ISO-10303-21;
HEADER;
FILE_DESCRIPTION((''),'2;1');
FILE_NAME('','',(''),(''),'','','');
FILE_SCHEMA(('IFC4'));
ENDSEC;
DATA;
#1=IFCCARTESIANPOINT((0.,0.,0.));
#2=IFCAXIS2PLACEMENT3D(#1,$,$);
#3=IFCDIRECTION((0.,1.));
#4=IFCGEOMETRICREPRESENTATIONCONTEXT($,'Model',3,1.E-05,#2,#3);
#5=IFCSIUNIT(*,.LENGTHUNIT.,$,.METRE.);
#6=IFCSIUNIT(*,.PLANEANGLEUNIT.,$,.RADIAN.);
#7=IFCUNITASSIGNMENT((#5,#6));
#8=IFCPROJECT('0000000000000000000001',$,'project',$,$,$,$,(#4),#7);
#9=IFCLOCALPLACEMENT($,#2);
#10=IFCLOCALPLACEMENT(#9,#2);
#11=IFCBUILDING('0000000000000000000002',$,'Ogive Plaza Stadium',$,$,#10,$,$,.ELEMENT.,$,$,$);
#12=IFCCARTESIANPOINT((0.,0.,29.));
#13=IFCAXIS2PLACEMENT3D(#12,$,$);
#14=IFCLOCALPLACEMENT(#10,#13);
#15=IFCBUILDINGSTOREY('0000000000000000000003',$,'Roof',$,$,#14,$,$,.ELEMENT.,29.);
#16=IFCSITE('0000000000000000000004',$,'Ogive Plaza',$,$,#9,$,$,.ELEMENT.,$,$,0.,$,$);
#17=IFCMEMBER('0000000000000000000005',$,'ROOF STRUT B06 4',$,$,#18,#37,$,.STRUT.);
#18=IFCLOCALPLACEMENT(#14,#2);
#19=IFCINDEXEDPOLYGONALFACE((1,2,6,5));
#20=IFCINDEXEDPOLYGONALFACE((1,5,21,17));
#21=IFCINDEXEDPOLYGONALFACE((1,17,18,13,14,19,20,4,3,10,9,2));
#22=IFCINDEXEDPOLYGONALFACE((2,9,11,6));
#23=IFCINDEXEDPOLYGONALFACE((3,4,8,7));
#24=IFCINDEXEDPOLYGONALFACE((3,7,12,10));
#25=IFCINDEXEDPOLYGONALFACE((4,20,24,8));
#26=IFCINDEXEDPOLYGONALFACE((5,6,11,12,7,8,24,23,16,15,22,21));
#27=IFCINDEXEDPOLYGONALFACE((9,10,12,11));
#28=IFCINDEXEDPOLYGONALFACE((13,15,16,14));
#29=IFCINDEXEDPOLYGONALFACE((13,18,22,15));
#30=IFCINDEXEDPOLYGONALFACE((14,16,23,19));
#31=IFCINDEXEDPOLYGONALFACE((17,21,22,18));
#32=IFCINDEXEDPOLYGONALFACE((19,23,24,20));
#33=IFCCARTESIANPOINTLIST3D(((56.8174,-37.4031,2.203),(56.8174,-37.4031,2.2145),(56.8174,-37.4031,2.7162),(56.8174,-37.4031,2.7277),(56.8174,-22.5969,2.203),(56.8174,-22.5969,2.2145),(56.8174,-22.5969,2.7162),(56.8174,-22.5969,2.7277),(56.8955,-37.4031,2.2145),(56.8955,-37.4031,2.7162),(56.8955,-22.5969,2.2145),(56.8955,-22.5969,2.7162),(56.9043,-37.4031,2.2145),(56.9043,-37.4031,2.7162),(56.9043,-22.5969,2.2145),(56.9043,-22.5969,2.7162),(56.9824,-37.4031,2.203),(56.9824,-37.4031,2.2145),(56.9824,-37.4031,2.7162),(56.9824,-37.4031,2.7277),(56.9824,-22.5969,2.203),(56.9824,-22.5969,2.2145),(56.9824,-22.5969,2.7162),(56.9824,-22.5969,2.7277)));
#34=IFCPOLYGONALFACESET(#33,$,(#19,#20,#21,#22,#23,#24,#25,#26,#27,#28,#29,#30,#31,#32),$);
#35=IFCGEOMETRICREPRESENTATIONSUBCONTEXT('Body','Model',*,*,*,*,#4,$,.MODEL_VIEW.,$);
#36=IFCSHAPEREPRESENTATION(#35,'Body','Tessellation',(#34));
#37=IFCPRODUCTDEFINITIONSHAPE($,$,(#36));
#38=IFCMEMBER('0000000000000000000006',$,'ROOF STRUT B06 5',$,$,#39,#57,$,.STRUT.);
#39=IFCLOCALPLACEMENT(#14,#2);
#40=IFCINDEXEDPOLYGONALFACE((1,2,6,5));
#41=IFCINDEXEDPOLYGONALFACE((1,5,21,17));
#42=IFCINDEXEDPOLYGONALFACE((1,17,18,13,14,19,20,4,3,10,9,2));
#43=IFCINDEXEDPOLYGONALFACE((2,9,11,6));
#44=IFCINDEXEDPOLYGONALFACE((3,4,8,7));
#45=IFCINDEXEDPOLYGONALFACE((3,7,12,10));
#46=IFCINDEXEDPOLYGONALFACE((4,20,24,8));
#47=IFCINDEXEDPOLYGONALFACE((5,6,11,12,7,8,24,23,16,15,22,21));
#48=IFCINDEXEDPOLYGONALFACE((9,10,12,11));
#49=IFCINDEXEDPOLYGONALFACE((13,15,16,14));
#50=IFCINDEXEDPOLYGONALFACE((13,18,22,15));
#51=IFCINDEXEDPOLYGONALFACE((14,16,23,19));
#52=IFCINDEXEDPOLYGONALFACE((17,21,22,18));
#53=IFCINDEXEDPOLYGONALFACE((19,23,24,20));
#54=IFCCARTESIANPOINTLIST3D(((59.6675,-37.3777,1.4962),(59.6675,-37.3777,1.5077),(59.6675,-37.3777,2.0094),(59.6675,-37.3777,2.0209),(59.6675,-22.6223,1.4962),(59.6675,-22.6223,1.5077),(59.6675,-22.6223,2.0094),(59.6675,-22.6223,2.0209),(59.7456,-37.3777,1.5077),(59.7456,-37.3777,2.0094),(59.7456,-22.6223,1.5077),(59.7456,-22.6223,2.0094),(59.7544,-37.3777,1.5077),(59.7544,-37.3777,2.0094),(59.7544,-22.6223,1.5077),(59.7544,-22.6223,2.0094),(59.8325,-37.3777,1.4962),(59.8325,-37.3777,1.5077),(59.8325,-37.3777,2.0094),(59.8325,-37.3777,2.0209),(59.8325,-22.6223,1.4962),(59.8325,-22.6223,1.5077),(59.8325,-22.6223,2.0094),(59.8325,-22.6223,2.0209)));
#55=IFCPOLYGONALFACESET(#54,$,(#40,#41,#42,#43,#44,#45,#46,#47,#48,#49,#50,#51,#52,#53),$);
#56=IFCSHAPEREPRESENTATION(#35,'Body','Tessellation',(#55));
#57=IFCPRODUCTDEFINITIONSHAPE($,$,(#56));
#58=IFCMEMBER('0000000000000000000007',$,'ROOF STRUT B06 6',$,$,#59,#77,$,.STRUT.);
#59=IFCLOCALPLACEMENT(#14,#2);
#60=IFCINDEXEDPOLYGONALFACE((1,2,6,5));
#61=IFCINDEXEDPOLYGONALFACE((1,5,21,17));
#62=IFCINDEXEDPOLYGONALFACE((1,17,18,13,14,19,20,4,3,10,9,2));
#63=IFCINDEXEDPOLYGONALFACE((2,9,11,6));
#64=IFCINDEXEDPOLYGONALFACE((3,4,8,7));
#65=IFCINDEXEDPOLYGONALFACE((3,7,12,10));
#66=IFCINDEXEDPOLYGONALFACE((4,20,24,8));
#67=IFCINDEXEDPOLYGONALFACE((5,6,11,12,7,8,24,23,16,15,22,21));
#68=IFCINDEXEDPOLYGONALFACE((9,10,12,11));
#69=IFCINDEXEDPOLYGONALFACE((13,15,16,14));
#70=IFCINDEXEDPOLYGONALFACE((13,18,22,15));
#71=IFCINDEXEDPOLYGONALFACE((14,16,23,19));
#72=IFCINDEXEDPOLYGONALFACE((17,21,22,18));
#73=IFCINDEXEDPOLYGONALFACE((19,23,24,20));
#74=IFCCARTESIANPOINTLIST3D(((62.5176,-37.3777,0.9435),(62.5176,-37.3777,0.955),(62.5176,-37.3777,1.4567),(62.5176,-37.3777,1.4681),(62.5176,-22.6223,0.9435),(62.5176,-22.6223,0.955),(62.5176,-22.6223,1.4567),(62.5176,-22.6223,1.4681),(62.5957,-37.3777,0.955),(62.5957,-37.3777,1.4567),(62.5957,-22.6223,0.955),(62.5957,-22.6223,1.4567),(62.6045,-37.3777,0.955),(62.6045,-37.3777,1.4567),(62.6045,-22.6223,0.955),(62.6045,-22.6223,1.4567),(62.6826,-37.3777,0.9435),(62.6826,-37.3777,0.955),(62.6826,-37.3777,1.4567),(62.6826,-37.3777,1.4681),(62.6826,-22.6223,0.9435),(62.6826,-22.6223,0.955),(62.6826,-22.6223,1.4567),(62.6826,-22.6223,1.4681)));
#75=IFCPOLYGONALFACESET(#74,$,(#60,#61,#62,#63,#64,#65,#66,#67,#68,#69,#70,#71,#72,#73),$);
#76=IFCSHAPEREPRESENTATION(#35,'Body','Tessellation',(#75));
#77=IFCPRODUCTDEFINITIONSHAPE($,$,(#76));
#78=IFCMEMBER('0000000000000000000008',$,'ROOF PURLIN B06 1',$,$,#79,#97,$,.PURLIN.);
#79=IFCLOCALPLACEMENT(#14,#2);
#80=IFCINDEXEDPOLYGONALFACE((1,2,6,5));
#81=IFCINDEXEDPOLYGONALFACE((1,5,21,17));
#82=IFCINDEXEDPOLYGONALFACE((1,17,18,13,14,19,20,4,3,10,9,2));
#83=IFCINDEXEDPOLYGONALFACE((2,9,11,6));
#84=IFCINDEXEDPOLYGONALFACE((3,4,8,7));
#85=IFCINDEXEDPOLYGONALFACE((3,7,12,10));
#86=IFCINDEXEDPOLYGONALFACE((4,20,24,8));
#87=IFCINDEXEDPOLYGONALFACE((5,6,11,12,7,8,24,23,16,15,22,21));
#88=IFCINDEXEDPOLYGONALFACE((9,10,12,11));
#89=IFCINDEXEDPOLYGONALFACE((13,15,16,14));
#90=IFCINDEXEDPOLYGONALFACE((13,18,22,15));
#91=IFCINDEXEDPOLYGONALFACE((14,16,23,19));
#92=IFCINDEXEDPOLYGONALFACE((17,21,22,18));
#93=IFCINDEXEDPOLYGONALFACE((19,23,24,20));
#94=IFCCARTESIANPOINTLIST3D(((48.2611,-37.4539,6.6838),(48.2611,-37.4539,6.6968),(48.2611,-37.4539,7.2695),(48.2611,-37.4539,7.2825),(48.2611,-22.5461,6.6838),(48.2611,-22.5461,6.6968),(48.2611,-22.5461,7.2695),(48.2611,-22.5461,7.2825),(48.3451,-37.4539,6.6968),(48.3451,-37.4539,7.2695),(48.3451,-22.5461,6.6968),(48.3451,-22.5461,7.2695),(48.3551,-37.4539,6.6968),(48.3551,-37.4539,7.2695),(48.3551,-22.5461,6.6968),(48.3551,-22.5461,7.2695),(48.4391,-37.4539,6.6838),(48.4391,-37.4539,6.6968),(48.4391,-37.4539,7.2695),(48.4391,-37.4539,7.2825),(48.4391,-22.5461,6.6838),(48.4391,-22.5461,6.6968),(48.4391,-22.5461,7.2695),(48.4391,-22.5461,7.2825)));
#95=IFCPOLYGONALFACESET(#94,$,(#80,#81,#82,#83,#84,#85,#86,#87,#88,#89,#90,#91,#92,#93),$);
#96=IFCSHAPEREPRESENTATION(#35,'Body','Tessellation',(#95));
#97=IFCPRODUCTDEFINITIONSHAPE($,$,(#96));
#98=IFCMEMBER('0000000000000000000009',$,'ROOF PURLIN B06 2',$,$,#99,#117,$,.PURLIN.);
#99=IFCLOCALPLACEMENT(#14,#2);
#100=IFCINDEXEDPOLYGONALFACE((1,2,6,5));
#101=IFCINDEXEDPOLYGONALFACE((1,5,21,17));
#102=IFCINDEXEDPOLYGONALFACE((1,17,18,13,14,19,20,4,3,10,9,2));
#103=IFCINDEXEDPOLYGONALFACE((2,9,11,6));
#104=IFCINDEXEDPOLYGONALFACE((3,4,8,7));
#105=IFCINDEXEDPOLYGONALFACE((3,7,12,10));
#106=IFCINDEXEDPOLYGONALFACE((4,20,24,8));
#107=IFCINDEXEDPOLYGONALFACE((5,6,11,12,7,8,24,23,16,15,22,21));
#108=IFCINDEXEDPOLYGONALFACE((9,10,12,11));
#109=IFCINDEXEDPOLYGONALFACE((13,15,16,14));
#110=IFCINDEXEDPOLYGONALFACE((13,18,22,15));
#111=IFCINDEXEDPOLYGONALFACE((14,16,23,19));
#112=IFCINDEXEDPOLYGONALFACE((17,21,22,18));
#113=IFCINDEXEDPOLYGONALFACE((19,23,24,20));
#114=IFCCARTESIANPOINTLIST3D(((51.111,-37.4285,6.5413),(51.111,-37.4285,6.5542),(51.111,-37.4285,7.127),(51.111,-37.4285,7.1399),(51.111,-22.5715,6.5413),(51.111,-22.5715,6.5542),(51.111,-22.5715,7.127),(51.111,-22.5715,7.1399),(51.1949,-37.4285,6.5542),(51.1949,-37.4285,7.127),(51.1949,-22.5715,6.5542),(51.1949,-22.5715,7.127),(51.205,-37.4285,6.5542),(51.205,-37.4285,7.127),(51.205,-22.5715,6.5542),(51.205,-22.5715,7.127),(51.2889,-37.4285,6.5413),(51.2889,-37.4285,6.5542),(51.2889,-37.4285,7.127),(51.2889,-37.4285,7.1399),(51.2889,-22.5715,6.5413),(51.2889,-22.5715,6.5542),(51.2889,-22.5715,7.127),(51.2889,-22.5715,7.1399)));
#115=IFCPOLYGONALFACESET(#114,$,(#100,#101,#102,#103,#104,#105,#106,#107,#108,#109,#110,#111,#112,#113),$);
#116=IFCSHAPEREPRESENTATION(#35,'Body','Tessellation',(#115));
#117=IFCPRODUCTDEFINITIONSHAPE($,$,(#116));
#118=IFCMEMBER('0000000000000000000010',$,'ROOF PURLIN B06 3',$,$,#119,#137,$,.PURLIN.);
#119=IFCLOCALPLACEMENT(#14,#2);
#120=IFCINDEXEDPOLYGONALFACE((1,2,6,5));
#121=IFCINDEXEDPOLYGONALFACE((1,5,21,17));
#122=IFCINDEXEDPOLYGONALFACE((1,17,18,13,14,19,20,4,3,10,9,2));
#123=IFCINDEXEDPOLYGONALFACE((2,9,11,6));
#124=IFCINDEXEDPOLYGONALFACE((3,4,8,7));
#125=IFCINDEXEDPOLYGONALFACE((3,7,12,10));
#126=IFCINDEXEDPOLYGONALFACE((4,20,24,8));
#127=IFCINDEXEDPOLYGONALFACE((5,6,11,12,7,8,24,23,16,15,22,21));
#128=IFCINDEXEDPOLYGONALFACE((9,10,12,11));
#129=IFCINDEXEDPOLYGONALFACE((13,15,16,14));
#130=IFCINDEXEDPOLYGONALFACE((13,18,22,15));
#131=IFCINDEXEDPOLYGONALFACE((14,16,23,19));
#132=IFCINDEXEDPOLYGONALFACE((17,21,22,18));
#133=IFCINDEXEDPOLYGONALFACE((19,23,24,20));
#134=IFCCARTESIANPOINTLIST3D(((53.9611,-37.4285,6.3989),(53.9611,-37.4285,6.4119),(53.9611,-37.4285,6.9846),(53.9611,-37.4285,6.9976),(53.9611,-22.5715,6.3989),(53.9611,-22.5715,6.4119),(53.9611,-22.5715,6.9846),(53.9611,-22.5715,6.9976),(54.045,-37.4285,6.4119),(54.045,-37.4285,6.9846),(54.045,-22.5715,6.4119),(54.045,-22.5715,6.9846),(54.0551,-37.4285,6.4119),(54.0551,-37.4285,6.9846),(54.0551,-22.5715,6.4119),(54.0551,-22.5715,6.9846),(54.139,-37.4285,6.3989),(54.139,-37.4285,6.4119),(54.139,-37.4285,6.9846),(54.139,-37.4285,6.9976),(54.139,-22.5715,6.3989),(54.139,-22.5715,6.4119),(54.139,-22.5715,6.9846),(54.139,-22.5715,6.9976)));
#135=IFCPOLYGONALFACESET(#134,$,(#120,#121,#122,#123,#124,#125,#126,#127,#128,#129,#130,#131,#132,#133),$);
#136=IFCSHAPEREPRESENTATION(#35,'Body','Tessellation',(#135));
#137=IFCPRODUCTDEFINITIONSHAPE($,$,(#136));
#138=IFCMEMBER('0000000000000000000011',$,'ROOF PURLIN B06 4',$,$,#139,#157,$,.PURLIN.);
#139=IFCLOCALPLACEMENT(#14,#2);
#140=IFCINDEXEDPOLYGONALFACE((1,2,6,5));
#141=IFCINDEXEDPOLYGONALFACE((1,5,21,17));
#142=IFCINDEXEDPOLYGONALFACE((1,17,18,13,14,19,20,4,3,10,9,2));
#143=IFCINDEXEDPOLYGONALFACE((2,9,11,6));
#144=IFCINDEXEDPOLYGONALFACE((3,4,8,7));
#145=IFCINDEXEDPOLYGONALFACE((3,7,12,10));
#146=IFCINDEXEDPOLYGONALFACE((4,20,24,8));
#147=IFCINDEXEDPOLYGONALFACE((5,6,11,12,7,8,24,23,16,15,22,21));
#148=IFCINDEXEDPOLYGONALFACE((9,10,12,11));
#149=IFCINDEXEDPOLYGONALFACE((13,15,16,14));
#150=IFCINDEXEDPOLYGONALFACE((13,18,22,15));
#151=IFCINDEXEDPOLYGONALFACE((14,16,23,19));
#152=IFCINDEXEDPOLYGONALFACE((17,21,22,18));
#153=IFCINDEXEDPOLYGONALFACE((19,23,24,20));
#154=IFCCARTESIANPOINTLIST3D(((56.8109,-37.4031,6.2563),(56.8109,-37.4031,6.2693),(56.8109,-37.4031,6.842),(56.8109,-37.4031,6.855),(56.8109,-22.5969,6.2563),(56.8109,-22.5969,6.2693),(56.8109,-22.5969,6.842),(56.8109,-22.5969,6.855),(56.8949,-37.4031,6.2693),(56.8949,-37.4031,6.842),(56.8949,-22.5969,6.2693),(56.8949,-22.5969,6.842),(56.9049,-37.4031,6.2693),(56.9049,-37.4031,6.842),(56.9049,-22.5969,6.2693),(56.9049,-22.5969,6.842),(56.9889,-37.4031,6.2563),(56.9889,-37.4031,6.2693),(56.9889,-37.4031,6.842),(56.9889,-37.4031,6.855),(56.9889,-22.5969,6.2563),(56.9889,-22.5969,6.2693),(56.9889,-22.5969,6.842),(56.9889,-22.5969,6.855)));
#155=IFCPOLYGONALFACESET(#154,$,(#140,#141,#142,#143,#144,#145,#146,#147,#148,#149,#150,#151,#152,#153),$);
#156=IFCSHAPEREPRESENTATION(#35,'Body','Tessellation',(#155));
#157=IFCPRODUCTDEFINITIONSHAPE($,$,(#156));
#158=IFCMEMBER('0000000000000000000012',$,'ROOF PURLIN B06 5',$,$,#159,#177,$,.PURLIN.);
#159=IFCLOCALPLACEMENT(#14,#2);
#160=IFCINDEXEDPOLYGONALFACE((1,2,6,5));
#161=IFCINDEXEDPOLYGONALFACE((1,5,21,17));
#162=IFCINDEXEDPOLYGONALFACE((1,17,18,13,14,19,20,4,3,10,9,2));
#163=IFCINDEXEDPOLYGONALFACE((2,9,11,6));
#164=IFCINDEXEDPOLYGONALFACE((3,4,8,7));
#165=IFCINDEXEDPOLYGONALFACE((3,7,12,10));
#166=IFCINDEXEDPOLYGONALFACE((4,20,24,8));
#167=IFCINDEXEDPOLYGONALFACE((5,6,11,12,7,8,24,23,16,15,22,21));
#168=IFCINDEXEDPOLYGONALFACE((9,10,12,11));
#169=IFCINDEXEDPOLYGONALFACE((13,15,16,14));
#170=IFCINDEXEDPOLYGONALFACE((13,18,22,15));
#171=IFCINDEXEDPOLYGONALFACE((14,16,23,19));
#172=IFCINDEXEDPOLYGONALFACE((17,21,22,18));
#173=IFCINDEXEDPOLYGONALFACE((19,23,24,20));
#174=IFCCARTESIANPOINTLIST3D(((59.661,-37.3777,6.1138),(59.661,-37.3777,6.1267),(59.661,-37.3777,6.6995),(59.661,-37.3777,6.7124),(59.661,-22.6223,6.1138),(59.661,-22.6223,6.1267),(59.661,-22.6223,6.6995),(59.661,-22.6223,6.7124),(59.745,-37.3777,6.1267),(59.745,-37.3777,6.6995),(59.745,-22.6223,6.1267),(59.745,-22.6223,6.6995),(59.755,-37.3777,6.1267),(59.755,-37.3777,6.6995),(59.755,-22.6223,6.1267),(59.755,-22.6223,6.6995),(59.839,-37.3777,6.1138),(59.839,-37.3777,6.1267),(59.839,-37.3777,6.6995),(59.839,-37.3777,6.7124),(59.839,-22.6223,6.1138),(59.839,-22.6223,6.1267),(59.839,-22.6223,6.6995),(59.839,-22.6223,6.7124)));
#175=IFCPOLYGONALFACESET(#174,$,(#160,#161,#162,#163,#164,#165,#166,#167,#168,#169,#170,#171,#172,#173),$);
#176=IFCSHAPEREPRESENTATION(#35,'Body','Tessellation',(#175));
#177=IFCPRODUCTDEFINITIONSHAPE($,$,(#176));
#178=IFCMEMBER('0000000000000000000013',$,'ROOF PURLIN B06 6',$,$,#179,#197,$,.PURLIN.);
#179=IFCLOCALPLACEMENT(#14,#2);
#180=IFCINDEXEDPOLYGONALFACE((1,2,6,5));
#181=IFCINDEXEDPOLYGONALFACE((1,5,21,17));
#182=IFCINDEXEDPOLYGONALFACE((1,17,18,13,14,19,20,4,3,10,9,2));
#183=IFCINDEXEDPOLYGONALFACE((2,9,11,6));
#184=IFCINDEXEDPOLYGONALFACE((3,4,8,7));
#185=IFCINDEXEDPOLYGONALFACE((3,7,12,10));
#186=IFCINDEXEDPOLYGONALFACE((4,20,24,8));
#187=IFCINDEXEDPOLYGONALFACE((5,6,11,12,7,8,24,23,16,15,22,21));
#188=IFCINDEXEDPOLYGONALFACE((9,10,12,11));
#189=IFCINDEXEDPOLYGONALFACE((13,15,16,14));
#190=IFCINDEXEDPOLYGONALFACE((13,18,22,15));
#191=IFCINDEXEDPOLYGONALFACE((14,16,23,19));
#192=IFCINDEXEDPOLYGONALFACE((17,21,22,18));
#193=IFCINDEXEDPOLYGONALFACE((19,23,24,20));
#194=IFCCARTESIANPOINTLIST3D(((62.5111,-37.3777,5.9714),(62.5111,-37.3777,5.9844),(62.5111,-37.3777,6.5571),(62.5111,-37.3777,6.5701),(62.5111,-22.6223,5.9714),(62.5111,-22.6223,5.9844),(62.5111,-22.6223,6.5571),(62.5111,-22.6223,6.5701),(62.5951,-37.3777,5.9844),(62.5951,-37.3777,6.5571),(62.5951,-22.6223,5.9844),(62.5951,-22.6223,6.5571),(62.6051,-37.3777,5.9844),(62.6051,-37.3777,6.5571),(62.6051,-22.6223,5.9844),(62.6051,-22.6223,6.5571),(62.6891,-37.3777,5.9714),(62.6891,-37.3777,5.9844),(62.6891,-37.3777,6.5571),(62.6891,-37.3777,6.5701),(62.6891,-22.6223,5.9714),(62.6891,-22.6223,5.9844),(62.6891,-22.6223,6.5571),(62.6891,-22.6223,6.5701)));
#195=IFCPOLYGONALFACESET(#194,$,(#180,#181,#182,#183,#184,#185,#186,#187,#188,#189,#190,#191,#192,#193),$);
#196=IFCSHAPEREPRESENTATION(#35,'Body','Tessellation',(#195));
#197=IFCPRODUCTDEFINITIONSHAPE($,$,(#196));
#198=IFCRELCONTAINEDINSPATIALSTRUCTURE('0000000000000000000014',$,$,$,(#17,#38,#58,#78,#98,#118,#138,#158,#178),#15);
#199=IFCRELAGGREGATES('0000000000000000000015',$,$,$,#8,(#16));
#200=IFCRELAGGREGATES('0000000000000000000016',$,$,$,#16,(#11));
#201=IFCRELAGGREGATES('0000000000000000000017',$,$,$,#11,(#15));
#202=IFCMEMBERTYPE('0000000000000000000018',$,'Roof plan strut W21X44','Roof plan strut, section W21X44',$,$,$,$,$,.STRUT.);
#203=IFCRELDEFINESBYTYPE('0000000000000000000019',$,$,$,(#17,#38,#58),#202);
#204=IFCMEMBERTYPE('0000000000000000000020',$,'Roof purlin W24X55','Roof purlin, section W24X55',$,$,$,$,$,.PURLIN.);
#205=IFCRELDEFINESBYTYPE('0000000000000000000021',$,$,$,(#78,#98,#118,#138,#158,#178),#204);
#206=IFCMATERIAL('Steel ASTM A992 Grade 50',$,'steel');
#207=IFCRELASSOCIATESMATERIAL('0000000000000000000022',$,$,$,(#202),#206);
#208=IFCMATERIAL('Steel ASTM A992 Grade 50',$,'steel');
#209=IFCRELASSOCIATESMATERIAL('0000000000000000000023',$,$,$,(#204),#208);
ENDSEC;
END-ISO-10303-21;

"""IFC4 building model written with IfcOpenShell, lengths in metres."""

from ifc_helpers import new_model, si_unit, direction, frame, origin, origin_2d, place, context, subcontext, project, spatial, i_section, extrude, material, material_profile, profile_set, type_object, element, save


model = new_model("IFC4")

# Units and contexts
model_context = context("Model", 3, precision=1e-05, world=origin(), true_north=direction((0.0, 1.0)))
body_context = subcontext(model_context, "Body", "Model", "MODEL_VIEW")
ifc_project = project(units=[si_unit("LENGTHUNIT", "METRE"), si_unit("PLANEANGLEUNIT", "RADIAN")], contexts=[model_context])

# Site, building, storey
site_placement = place(None, origin())
site = spatial("IfcSite", under=ifc_project, at=site_placement, Name="Ogive Plaza", CompositionType="ELEMENT", RefElevation=0.0)
building_placement = place(site_placement, origin())
building = spatial("IfcBuilding", under=site, at=building_placement, Name="Ogive Plaza Stadium", CompositionType="ELEMENT")
storey_placement = place(building_placement, frame((0.0, 0.0, 29.0)))
storey = spatial("IfcBuildingStorey", under=building, at=storey_placement, Name="Roof", CompositionType="ELEMENT", Elevation=29.0)

# Members
ifc_material_1 = material(Name="Steel ASTM A992 Grade 50", Category="steel")
ifc_material_profile_1 = material_profile(ifc_material_1, i_section(OverallWidth=0.165, OverallDepth=0.5247, WebThickness=0.0088, FlangeThickness=0.0115, at=origin_2d()), Name="W21X44")
ifc_profile_set_1 = profile_set([ifc_material_profile_1], Name="Steel ASTM A992 Grade 50")
member_type_1 = type_object("IfcMemberType", Name="Roof plan strut W21X44", Description="Roof plan strut, section W21X44", PredefinedType="STRUT", material=ifc_profile_set_1)
member_1_placement = place(storey_placement, frame((56.8999, -22.5969, 2.4653), z_axis=(0.0, -1.0, 0.0), x_axis=(1.0, 0.0, 0.0)))
element("IfcMember", 1, at=member_1_placement, inside=storey, type_object=member_type_1, Name="ROOF STRUT B06 4", PredefinedType="STRUT", context=body_context, shape_type="SweptSolid", body=[
    extrude(i_section(OverallWidth=0.165, OverallDepth=0.5247, WebThickness=0.0088, FlangeThickness=0.0115, at=origin_2d()), origin(), (0.0, 0.0, 1.0), 14.8062),
])
for number, where, z_axis, x_axis, name in (
    (2, (59.75, -22.6223, 1.7585), (0.0, -1.0, 0.0), (1.0, 0.0, 0.0), "ROOF STRUT B06 5"),
    (3, (62.6001, -22.6223, 1.2058), (0.0, -1.0, 0.0), (1.0, 0.0, 0.0), "ROOF STRUT B06 6"),
):
    element("IfcMember", number, at=place(storey_placement, frame(where, z_axis=z_axis, x_axis=x_axis)), inside=storey, type_object=member_type_1, Name=name, PredefinedType="STRUT", context=body_context, shape_type="SweptSolid", body=[
        extrude(i_section(OverallWidth=0.165, OverallDepth=0.5247, WebThickness=0.0088, FlangeThickness=0.0115, at=origin_2d()), origin(), (0.0, 0.0, 1.0), 14.7554),
    ])
ifc_material_2 = material(Name="Steel ASTM A992 Grade 50", Category="steel")
ifc_material_profile_2 = material_profile(ifc_material_2, i_section(OverallWidth=0.178, OverallDepth=0.5986, WebThickness=0.01, FlangeThickness=0.0129, at=origin_2d()), Name="W24X55")
ifc_profile_set_2 = profile_set([ifc_material_profile_2], Name="Steel ASTM A992 Grade 50")
member_type_2 = type_object("IfcMemberType", Name="Roof purlin W24X55", Description="Roof purlin, section W24X55", PredefinedType="PURLIN", material=ifc_profile_set_2)
member_2_placement = place(storey_placement, frame((48.3501, -22.5461, 6.9832), z_axis=(0.0, -1.0, 0.0), x_axis=(1.0, 0.0, 0.0)))
element("IfcMember", 4, at=member_2_placement, inside=storey, type_object=member_type_2, Name="ROOF PURLIN B06 1", PredefinedType="PURLIN", context=body_context, shape_type="SweptSolid", body=[
    extrude(i_section(OverallWidth=0.178, OverallDepth=0.5986, WebThickness=0.01, FlangeThickness=0.0129, at=origin_2d()), origin(), (0.0, 0.0, 1.0), 14.9077),
])
for number, where, z_axis, x_axis, name in (
    (5, (51.2, -22.5715, 6.8406), (0.0, -1.0, 0.0), (1.0, 0.0, 0.0), "ROOF PURLIN B06 2"),
    (6, (54.05, -22.5715, 6.6982), (0.0, -1.0, 0.0), (1.0, 0.0, 0.0), "ROOF PURLIN B06 3"),
):
    element("IfcMember", number, at=place(storey_placement, frame(where, z_axis=z_axis, x_axis=x_axis)), inside=storey, type_object=member_type_2, Name=name, PredefinedType="PURLIN", context=body_context, shape_type="SweptSolid", body=[
        extrude(i_section(OverallWidth=0.178, OverallDepth=0.5986, WebThickness=0.01, FlangeThickness=0.0129, at=origin_2d()), origin(), (0.0, 0.0, 1.0), 14.8569),
    ])
member_3_placement = place(storey_placement, frame((56.8999, -22.5969, 6.5557), z_axis=(0.0, -1.0, 0.0), x_axis=(1.0, 0.0, 0.0)))
element("IfcMember", 7, at=member_3_placement, inside=storey, type_object=member_type_2, Name="ROOF PURLIN B06 4", PredefinedType="PURLIN", context=body_context, shape_type="SweptSolid", body=[
    extrude(i_section(OverallWidth=0.178, OverallDepth=0.5986, WebThickness=0.01, FlangeThickness=0.0129, at=origin_2d()), origin(), (0.0, 0.0, 1.0), 14.8062),
])
for number, where, z_axis, x_axis, name in (
    (8, (59.75, -22.6223, 6.4131), (0.0, -1.0, 0.0), (1.0, 0.0, 0.0), "ROOF PURLIN B06 5"),
    (9, (62.6001, -22.6223, 6.2708), (0.0, -1.0, 0.0), (1.0, 0.0, 0.0), "ROOF PURLIN B06 6"),
):
    element("IfcMember", number, at=place(storey_placement, frame(where, z_axis=z_axis, x_axis=x_axis)), inside=storey, type_object=member_type_2, Name=name, PredefinedType="PURLIN", context=body_context, shape_type="SweptSolid", body=[
        extrude(i_section(OverallWidth=0.178, OverallDepth=0.5986, WebThickness=0.01, FlangeThickness=0.0129, at=origin_2d()), origin(), (0.0, 0.0, 1.0), 14.7554),
    ])

save(model, "model.ifc")
